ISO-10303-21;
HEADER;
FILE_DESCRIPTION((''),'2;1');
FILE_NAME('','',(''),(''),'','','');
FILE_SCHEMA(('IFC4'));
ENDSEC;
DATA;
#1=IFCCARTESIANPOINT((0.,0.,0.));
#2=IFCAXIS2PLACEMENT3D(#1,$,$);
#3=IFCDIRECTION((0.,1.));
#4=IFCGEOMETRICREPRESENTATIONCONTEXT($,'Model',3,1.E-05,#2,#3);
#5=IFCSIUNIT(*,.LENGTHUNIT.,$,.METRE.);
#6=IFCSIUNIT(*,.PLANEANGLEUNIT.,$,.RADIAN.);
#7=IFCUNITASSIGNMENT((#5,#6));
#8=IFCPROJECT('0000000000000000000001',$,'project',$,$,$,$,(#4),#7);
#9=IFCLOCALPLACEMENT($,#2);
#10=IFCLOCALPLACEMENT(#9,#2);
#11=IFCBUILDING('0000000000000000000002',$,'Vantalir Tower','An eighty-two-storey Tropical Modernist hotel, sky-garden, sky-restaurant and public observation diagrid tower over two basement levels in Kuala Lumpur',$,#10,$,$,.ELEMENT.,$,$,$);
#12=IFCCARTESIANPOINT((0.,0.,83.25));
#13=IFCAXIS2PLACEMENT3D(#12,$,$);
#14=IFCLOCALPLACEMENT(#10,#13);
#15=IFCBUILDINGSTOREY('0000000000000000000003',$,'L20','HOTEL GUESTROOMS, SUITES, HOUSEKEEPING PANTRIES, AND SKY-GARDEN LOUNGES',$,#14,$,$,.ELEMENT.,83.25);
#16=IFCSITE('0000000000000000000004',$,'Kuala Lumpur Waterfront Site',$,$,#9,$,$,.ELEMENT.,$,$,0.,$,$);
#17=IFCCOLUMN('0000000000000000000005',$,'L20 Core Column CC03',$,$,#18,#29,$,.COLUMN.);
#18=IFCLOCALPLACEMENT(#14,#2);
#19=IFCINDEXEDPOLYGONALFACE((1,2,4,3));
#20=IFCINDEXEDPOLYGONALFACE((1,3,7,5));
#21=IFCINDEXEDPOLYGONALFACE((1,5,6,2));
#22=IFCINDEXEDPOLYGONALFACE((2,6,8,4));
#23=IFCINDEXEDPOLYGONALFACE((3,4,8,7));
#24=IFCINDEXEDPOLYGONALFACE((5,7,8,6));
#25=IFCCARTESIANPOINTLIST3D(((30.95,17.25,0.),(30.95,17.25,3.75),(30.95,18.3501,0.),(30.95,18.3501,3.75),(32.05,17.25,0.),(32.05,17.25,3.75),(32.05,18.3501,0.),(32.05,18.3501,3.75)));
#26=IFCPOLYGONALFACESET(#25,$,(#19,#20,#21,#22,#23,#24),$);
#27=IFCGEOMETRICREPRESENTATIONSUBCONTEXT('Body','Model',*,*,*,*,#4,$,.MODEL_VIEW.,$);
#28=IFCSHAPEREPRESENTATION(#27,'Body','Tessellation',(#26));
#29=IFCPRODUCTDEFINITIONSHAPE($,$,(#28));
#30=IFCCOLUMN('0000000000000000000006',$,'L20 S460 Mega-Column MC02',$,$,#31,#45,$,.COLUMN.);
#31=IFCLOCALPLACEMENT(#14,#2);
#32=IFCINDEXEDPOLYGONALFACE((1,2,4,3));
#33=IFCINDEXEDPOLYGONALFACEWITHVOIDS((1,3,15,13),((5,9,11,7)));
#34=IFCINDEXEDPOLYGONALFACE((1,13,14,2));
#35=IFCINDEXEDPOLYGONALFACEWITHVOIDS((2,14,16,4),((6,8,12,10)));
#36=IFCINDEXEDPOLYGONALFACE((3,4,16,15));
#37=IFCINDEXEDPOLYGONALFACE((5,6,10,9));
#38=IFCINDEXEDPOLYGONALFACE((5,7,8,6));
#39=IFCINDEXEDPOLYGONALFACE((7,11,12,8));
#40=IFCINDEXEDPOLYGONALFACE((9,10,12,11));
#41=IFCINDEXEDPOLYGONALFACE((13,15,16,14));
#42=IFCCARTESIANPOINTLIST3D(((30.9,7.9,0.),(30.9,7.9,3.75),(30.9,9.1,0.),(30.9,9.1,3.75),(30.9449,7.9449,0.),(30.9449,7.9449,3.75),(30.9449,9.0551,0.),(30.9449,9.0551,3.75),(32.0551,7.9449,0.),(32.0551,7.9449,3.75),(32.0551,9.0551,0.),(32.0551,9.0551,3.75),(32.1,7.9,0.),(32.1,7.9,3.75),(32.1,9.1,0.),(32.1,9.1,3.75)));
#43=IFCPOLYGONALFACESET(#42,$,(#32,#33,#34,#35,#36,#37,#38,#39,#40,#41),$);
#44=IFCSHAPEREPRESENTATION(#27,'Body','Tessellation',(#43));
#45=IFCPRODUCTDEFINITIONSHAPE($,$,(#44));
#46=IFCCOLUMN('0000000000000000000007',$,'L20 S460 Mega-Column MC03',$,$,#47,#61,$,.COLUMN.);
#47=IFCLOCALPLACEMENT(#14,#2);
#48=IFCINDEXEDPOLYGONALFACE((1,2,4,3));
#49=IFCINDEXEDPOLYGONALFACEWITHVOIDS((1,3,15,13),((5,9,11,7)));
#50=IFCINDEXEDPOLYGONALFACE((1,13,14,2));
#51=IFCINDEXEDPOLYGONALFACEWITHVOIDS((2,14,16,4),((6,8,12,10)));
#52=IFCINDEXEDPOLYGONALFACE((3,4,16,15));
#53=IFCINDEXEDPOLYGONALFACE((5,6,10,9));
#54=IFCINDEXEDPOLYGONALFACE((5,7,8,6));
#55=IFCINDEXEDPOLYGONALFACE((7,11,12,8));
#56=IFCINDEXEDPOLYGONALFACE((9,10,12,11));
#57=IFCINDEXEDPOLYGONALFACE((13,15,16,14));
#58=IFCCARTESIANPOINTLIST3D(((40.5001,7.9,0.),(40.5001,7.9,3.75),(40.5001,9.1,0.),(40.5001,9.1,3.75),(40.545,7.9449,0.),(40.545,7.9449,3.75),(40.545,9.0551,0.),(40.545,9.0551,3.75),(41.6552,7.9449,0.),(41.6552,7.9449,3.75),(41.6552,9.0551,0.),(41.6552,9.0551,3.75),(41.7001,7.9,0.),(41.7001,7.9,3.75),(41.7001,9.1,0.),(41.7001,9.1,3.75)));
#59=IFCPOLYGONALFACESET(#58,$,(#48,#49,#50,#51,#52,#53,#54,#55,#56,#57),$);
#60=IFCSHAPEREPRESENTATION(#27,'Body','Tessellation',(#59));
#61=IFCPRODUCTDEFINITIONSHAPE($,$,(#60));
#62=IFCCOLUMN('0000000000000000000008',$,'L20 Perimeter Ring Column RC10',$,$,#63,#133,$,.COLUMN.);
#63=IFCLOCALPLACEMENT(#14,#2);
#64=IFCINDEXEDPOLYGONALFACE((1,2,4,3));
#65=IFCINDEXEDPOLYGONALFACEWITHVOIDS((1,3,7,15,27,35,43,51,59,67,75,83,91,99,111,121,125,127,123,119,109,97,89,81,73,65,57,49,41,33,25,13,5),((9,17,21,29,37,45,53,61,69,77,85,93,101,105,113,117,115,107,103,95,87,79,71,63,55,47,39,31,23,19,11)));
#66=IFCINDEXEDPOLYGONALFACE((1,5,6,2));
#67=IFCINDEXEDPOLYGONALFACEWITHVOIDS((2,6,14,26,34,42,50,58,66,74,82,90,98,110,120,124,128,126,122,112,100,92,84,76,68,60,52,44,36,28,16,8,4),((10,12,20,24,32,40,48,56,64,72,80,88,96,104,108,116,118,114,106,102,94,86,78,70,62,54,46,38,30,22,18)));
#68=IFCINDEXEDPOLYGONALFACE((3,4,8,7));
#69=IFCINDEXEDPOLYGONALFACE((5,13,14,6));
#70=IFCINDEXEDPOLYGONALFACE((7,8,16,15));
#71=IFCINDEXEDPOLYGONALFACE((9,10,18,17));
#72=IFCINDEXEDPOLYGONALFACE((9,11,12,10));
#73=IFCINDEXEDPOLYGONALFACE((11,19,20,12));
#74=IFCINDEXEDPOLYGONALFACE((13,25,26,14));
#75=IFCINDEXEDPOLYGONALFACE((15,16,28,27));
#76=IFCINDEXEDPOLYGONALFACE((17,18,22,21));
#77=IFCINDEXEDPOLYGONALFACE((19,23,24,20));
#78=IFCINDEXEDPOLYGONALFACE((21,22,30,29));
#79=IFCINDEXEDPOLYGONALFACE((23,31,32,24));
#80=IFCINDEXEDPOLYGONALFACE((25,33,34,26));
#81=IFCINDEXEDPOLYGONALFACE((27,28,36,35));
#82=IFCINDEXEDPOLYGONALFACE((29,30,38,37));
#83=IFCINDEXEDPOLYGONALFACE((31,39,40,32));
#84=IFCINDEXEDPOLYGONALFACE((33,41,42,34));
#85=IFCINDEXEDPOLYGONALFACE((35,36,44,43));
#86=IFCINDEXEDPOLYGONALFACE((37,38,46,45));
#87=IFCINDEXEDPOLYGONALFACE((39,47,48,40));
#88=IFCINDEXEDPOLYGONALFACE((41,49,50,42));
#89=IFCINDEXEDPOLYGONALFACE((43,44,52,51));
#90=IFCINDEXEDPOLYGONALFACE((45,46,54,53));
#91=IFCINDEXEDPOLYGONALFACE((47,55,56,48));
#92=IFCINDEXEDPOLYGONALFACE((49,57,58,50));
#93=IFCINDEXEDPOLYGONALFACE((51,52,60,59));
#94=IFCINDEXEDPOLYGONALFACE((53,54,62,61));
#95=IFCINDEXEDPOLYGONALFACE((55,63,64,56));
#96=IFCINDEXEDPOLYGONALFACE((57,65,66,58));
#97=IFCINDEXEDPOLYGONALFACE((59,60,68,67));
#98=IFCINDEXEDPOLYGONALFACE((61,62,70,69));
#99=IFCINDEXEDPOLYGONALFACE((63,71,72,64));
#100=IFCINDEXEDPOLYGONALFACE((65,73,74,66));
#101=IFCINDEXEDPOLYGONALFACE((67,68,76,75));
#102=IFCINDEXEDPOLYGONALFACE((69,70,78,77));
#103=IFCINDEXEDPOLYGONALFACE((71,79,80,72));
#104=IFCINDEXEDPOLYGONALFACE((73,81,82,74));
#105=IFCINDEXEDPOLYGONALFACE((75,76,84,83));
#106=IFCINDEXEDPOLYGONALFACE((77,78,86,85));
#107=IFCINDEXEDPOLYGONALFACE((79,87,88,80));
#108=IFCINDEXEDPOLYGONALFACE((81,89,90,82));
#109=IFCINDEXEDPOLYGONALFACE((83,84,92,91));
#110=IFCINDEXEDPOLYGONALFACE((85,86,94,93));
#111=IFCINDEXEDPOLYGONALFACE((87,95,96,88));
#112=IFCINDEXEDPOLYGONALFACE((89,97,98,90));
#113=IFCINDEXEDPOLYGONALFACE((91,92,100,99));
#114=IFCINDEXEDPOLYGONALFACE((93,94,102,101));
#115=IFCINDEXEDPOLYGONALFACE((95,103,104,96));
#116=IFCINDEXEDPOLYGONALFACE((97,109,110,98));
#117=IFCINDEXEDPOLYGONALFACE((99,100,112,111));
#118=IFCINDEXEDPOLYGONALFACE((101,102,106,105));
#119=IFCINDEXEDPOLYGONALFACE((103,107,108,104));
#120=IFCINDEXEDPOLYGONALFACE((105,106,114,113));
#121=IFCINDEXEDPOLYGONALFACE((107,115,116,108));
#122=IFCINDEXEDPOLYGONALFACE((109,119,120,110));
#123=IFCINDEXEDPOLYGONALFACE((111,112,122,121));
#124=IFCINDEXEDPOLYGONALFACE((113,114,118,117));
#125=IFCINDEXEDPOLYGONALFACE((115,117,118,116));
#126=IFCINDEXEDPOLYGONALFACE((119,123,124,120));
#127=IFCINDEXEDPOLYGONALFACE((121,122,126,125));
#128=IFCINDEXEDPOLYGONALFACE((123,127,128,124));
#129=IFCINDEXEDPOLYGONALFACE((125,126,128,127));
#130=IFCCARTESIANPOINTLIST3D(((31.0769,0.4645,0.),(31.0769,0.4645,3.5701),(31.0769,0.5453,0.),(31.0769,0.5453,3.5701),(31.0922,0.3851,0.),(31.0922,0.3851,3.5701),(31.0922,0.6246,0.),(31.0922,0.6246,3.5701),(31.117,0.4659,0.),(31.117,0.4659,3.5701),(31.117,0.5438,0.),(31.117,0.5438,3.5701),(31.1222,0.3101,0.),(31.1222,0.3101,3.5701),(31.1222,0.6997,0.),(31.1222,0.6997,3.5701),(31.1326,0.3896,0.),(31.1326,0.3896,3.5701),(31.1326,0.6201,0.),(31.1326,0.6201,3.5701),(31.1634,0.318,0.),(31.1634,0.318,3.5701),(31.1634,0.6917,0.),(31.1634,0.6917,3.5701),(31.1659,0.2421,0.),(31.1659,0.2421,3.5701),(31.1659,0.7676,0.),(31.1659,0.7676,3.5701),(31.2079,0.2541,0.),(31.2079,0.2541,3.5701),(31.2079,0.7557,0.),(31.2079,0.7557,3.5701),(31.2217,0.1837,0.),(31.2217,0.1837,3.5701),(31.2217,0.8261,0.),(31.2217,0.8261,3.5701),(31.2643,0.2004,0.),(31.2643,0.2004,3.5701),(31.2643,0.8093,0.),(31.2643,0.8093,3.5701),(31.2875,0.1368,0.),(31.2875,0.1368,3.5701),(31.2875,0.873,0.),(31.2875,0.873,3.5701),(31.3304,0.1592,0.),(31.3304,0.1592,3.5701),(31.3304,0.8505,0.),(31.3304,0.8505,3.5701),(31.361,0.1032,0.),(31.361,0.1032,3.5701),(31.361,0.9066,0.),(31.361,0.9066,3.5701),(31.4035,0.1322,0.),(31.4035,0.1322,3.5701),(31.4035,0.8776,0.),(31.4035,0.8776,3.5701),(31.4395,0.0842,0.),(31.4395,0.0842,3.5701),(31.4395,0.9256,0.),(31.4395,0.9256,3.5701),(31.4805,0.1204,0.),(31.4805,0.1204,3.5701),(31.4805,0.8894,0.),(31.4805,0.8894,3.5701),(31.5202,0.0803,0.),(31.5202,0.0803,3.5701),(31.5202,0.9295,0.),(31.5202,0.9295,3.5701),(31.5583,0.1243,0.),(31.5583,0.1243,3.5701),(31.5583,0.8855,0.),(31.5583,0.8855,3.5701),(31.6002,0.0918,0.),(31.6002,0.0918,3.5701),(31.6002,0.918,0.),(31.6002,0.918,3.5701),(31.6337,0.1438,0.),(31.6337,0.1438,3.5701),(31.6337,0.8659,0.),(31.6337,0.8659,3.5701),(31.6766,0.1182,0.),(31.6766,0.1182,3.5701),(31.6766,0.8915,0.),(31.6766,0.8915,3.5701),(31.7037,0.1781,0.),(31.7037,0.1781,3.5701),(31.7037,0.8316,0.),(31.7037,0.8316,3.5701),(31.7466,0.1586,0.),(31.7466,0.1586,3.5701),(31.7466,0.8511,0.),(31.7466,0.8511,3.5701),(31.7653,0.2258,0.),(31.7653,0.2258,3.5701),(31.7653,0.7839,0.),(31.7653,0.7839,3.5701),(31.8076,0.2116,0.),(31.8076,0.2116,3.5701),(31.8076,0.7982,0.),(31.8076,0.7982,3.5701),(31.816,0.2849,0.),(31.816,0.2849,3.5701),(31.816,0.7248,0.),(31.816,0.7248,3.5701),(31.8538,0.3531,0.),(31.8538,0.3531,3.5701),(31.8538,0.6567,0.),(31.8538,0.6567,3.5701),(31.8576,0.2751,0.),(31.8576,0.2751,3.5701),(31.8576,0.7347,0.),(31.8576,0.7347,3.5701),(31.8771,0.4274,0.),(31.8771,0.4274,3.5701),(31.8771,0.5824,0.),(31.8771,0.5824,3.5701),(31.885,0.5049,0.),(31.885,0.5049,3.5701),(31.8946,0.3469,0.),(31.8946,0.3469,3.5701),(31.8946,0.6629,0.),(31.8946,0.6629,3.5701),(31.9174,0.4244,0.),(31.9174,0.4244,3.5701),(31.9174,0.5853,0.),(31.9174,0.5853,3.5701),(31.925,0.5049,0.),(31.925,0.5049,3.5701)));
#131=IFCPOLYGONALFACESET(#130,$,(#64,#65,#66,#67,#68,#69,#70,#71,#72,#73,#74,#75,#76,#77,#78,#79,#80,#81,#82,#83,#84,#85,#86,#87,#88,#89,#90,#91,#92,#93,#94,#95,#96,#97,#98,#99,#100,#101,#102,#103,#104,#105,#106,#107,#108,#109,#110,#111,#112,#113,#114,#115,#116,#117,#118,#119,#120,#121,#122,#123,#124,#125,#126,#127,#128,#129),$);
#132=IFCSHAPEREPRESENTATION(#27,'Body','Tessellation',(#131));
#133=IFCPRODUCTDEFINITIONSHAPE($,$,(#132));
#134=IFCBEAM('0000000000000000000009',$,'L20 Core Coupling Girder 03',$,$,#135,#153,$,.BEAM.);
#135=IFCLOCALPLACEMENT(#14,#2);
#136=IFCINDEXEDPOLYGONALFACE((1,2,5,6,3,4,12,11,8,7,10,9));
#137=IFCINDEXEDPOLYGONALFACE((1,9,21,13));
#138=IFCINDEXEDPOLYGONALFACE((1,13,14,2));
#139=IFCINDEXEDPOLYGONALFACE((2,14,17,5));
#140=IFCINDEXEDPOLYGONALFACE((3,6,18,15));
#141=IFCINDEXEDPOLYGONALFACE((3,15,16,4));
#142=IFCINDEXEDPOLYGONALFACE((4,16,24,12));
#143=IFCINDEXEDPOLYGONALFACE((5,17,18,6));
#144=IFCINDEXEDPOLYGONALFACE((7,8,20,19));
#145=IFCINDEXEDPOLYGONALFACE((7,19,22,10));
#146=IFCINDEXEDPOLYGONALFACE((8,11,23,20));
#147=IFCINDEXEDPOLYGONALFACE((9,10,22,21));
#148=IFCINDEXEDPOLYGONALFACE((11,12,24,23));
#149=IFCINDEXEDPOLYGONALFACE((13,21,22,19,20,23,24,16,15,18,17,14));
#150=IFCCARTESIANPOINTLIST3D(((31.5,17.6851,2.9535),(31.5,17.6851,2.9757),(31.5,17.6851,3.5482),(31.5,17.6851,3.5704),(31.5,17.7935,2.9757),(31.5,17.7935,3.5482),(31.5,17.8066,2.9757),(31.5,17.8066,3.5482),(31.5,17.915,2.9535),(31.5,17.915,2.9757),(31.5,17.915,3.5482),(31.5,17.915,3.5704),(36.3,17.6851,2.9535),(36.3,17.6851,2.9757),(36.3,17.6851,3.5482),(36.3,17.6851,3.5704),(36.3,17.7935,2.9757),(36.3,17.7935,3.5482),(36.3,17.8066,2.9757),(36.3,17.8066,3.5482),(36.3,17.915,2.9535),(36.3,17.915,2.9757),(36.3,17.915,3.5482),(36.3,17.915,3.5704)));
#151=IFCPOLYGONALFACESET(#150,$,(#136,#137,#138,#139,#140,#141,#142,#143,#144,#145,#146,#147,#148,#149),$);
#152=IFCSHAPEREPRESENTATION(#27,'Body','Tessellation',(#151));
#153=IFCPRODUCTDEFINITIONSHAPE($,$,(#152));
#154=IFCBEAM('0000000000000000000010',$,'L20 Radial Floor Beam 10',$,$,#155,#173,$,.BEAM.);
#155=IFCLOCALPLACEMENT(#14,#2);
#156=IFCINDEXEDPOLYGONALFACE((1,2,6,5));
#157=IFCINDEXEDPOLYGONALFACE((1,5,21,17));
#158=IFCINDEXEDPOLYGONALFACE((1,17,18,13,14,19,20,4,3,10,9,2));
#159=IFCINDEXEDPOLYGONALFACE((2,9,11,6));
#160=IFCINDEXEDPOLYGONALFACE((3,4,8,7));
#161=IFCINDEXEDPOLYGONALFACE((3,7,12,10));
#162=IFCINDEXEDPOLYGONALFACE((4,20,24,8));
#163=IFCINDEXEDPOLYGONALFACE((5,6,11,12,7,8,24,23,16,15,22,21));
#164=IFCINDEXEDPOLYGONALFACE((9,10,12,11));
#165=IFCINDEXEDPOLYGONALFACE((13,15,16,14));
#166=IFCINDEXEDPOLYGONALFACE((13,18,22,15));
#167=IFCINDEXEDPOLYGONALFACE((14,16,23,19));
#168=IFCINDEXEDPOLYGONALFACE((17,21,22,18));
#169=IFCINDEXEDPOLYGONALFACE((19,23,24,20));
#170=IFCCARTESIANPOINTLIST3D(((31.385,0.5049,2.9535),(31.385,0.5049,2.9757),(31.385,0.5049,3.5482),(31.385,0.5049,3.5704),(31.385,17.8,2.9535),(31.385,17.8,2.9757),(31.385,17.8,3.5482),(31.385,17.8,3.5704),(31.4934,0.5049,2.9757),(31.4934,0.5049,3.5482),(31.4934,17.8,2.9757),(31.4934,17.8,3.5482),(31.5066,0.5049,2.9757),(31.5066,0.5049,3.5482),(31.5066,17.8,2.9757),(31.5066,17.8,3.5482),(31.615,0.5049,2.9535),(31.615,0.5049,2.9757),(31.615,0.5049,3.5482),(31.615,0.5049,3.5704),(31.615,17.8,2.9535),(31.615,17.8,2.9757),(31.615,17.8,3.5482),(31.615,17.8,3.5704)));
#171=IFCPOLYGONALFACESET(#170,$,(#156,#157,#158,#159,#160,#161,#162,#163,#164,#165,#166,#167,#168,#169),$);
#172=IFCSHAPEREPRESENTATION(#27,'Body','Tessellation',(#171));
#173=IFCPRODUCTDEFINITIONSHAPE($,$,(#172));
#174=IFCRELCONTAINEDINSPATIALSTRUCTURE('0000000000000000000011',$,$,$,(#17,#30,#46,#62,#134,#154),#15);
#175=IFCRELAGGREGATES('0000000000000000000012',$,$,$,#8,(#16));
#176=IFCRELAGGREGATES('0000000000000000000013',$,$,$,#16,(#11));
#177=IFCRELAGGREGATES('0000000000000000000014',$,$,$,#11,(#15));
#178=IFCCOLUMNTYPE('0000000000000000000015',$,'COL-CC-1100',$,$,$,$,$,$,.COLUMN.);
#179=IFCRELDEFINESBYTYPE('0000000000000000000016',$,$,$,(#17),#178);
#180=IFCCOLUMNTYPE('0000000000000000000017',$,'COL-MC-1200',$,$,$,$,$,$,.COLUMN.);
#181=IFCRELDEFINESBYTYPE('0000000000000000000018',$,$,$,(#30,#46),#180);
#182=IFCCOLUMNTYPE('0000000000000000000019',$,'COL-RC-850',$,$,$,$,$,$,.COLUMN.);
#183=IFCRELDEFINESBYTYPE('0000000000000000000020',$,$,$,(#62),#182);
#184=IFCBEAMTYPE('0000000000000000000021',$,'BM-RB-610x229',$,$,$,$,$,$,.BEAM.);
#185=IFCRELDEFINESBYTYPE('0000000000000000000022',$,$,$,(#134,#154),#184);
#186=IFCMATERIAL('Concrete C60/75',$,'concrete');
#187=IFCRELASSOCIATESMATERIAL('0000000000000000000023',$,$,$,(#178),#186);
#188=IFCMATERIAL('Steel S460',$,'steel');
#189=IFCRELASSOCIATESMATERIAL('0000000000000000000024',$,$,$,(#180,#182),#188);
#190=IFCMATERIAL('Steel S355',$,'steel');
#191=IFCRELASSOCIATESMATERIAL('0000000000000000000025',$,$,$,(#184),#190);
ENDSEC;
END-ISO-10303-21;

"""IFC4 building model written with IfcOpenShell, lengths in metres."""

from ifc_helpers import new_model, si_unit, direction, frame, origin, origin_2d, place, context, subcontext, project, spatial, rectangle, hollow_rectangle, hollow_circle, i_section, extrude, material, material_profile, profile_set, type_object, element, save


model = new_model("IFC4")

# Units and contexts
model_context = context("Model", 3, precision=1e-05, world=origin(), true_north=direction((0.0, 1.0)))
body_context = subcontext(model_context, "Body", "Model", "MODEL_VIEW")
ifc_project = project(units=[si_unit("LENGTHUNIT", "METRE"), si_unit("PLANEANGLEUNIT", "RADIAN")], contexts=[model_context])

# Site, building, storey
site_placement = place(None, origin())
site = spatial("IfcSite", under=ifc_project, at=site_placement, Name="Kuala Lumpur Waterfront Site", CompositionType="ELEMENT", RefElevation=0.0)
building_placement = place(site_placement, origin())
building = spatial("IfcBuilding", under=site, at=building_placement, Name="Vantalir Tower", Description="An eighty-two-storey Tropical Modernist hotel, sky-garden, sky-restaurant and public observation diagrid tower over two basement levels in Kuala Lumpur", CompositionType="ELEMENT")
storey_placement = place(building_placement, frame((0.0, 0.0, 83.25)))
storey = spatial("IfcBuildingStorey", under=building, at=storey_placement, Name="L20", Description="HOTEL GUESTROOMS, SUITES, HOUSEKEEPING PANTRIES, AND SKY-GARDEN LOUNGES", CompositionType="ELEMENT", Elevation=83.25)

# Columns
ifc_material_1 = material(Name="Concrete C60/75", Category="concrete")
ifc_material_profile_1 = material_profile(ifc_material_1, rectangle(XDim=1.1001, YDim=1.1001, at=origin_2d()), Name="Concrete C60/75")
ifc_profile_set_1 = profile_set([ifc_material_profile_1], Name="Concrete C60/75")
column_type_1 = type_object("IfcColumnType", Name="COL-CC-1100", PredefinedType="COLUMN", material=ifc_profile_set_1)
column_1_placement = place(storey_placement, frame((31.5, 17.8, 0.0), z_axis=(0.0, 0.0, 1.0), x_axis=(1.0, 0.0, 0.0)))
element("IfcColumn", 1, at=column_1_placement, inside=storey, type_object=column_type_1, Name="L20 Core Column CC03", PredefinedType="COLUMN", context=body_context, shape_type="SweptSolid", body=[
    extrude(rectangle(XDim=1.1001, YDim=1.1001, at=origin_2d()), origin(), (0.0, 0.0, 1.0), 3.75),
])
ifc_material_2 = material(Name="Steel S460", Category="steel")
ifc_material_profile_2 = material_profile(ifc_material_2, hollow_rectangle(XDim=1.2, YDim=1.2, WallThickness=0.0449, at=origin_2d()), Name="Steel S460")
ifc_profile_set_2 = profile_set([ifc_material_profile_2], Name="Steel S460")
column_type_2 = type_object("IfcColumnType", Name="COL-MC-1200", PredefinedType="COLUMN", material=ifc_profile_set_2)
for number, where, z_axis, x_axis, name in (
    (2, (31.5, 8.5, 0.0), (0.0, 0.0, 1.0), (1.0, 0.0, 0.0), "L20 S460 Mega-Column MC02"),
    (3, (41.1001, 8.5, 0.0), (0.0, 0.0, 1.0), (1.0, 0.0, 0.0), "L20 S460 Mega-Column MC03"),
):
    element("IfcColumn", number, at=place(storey_placement, frame(where, z_axis=z_axis, x_axis=x_axis)), inside=storey, type_object=column_type_2, Name=name, PredefinedType="COLUMN", context=body_context, shape_type="SweptSolid", body=[
        extrude(hollow_rectangle(XDim=1.2, YDim=1.2, WallThickness=0.0449, at=origin_2d()), origin(), (0.0, 0.0, 1.0), 3.75),
    ])
ifc_material_profile_3 = material_profile(ifc_material_2, hollow_circle(Radius=0.425, WallThickness=0.04, at=origin_2d()), Name="Steel S460")
ifc_profile_set_3 = profile_set([ifc_material_profile_3], Name="Steel S460")
column_type_3 = type_object("IfcColumnType", Name="COL-RC-850", PredefinedType="COLUMN", material=ifc_profile_set_3)
column_2_placement = place(storey_placement, frame((31.5, 0.5049, 0.0), z_axis=(0.0, 0.0, 1.0), x_axis=(1.0, 0.0, 0.0)))
element("IfcColumn", 4, at=column_2_placement, inside=storey, type_object=column_type_3, Name="L20 Perimeter Ring Column RC10", PredefinedType="COLUMN", context=body_context, shape_type="SweptSolid", body=[
    extrude(hollow_circle(Radius=0.425, WallThickness=0.04, at=origin_2d()), origin(), (0.0, 0.0, 1.0), 3.5701),
])

# Beams
ifc_material_3 = material(Name="Steel S355", Category="steel")
ifc_material_profile_4 = material_profile(ifc_material_3, i_section(OverallWidth=0.23, OverallDepth=0.6169, WebThickness=0.0132, FlangeThickness=0.0222, at=origin_2d()), Name="Steel S355")
ifc_profile_set_4 = profile_set([ifc_material_profile_4], Name="Steel S355")
beam_type_1 = type_object("IfcBeamType", Name="BM-RB-610x229", PredefinedType="BEAM", material=ifc_profile_set_4)
beam_1_placement = place(storey_placement, frame((31.5, 17.8, 3.262), z_axis=(1.0, 0.0, 0.0), x_axis=(0.0, 1.0, 0.0)))
element("IfcBeam", 5, at=beam_1_placement, inside=storey, type_object=beam_type_1, Name="L20 Core Coupling Girder 03", PredefinedType="BEAM", context=body_context, shape_type="SweptSolid", body=[
    extrude(i_section(OverallWidth=0.23, OverallDepth=0.6169, WebThickness=0.0132, FlangeThickness=0.0222, at=origin_2d()), origin(), (0.0, 0.0, 1.0), 4.8),
])
beam_2_placement = place(storey_placement, frame((31.5, 0.5049, 3.262), z_axis=(0.0, 1.0, 0.0), x_axis=(-1.0, 0.0, 0.0)))
element("IfcBeam", 6, at=beam_2_placement, inside=storey, type_object=beam_type_1, Name="L20 Radial Floor Beam 10", PredefinedType="BEAM", context=body_context, shape_type="SweptSolid", body=[
    extrude(i_section(OverallWidth=0.23, OverallDepth=0.6169, WebThickness=0.0132, FlangeThickness=0.0222, at=origin_2d()), origin(), (0.0, 0.0, 1.0), 17.2952),
])

save(model, "model.ifc")
